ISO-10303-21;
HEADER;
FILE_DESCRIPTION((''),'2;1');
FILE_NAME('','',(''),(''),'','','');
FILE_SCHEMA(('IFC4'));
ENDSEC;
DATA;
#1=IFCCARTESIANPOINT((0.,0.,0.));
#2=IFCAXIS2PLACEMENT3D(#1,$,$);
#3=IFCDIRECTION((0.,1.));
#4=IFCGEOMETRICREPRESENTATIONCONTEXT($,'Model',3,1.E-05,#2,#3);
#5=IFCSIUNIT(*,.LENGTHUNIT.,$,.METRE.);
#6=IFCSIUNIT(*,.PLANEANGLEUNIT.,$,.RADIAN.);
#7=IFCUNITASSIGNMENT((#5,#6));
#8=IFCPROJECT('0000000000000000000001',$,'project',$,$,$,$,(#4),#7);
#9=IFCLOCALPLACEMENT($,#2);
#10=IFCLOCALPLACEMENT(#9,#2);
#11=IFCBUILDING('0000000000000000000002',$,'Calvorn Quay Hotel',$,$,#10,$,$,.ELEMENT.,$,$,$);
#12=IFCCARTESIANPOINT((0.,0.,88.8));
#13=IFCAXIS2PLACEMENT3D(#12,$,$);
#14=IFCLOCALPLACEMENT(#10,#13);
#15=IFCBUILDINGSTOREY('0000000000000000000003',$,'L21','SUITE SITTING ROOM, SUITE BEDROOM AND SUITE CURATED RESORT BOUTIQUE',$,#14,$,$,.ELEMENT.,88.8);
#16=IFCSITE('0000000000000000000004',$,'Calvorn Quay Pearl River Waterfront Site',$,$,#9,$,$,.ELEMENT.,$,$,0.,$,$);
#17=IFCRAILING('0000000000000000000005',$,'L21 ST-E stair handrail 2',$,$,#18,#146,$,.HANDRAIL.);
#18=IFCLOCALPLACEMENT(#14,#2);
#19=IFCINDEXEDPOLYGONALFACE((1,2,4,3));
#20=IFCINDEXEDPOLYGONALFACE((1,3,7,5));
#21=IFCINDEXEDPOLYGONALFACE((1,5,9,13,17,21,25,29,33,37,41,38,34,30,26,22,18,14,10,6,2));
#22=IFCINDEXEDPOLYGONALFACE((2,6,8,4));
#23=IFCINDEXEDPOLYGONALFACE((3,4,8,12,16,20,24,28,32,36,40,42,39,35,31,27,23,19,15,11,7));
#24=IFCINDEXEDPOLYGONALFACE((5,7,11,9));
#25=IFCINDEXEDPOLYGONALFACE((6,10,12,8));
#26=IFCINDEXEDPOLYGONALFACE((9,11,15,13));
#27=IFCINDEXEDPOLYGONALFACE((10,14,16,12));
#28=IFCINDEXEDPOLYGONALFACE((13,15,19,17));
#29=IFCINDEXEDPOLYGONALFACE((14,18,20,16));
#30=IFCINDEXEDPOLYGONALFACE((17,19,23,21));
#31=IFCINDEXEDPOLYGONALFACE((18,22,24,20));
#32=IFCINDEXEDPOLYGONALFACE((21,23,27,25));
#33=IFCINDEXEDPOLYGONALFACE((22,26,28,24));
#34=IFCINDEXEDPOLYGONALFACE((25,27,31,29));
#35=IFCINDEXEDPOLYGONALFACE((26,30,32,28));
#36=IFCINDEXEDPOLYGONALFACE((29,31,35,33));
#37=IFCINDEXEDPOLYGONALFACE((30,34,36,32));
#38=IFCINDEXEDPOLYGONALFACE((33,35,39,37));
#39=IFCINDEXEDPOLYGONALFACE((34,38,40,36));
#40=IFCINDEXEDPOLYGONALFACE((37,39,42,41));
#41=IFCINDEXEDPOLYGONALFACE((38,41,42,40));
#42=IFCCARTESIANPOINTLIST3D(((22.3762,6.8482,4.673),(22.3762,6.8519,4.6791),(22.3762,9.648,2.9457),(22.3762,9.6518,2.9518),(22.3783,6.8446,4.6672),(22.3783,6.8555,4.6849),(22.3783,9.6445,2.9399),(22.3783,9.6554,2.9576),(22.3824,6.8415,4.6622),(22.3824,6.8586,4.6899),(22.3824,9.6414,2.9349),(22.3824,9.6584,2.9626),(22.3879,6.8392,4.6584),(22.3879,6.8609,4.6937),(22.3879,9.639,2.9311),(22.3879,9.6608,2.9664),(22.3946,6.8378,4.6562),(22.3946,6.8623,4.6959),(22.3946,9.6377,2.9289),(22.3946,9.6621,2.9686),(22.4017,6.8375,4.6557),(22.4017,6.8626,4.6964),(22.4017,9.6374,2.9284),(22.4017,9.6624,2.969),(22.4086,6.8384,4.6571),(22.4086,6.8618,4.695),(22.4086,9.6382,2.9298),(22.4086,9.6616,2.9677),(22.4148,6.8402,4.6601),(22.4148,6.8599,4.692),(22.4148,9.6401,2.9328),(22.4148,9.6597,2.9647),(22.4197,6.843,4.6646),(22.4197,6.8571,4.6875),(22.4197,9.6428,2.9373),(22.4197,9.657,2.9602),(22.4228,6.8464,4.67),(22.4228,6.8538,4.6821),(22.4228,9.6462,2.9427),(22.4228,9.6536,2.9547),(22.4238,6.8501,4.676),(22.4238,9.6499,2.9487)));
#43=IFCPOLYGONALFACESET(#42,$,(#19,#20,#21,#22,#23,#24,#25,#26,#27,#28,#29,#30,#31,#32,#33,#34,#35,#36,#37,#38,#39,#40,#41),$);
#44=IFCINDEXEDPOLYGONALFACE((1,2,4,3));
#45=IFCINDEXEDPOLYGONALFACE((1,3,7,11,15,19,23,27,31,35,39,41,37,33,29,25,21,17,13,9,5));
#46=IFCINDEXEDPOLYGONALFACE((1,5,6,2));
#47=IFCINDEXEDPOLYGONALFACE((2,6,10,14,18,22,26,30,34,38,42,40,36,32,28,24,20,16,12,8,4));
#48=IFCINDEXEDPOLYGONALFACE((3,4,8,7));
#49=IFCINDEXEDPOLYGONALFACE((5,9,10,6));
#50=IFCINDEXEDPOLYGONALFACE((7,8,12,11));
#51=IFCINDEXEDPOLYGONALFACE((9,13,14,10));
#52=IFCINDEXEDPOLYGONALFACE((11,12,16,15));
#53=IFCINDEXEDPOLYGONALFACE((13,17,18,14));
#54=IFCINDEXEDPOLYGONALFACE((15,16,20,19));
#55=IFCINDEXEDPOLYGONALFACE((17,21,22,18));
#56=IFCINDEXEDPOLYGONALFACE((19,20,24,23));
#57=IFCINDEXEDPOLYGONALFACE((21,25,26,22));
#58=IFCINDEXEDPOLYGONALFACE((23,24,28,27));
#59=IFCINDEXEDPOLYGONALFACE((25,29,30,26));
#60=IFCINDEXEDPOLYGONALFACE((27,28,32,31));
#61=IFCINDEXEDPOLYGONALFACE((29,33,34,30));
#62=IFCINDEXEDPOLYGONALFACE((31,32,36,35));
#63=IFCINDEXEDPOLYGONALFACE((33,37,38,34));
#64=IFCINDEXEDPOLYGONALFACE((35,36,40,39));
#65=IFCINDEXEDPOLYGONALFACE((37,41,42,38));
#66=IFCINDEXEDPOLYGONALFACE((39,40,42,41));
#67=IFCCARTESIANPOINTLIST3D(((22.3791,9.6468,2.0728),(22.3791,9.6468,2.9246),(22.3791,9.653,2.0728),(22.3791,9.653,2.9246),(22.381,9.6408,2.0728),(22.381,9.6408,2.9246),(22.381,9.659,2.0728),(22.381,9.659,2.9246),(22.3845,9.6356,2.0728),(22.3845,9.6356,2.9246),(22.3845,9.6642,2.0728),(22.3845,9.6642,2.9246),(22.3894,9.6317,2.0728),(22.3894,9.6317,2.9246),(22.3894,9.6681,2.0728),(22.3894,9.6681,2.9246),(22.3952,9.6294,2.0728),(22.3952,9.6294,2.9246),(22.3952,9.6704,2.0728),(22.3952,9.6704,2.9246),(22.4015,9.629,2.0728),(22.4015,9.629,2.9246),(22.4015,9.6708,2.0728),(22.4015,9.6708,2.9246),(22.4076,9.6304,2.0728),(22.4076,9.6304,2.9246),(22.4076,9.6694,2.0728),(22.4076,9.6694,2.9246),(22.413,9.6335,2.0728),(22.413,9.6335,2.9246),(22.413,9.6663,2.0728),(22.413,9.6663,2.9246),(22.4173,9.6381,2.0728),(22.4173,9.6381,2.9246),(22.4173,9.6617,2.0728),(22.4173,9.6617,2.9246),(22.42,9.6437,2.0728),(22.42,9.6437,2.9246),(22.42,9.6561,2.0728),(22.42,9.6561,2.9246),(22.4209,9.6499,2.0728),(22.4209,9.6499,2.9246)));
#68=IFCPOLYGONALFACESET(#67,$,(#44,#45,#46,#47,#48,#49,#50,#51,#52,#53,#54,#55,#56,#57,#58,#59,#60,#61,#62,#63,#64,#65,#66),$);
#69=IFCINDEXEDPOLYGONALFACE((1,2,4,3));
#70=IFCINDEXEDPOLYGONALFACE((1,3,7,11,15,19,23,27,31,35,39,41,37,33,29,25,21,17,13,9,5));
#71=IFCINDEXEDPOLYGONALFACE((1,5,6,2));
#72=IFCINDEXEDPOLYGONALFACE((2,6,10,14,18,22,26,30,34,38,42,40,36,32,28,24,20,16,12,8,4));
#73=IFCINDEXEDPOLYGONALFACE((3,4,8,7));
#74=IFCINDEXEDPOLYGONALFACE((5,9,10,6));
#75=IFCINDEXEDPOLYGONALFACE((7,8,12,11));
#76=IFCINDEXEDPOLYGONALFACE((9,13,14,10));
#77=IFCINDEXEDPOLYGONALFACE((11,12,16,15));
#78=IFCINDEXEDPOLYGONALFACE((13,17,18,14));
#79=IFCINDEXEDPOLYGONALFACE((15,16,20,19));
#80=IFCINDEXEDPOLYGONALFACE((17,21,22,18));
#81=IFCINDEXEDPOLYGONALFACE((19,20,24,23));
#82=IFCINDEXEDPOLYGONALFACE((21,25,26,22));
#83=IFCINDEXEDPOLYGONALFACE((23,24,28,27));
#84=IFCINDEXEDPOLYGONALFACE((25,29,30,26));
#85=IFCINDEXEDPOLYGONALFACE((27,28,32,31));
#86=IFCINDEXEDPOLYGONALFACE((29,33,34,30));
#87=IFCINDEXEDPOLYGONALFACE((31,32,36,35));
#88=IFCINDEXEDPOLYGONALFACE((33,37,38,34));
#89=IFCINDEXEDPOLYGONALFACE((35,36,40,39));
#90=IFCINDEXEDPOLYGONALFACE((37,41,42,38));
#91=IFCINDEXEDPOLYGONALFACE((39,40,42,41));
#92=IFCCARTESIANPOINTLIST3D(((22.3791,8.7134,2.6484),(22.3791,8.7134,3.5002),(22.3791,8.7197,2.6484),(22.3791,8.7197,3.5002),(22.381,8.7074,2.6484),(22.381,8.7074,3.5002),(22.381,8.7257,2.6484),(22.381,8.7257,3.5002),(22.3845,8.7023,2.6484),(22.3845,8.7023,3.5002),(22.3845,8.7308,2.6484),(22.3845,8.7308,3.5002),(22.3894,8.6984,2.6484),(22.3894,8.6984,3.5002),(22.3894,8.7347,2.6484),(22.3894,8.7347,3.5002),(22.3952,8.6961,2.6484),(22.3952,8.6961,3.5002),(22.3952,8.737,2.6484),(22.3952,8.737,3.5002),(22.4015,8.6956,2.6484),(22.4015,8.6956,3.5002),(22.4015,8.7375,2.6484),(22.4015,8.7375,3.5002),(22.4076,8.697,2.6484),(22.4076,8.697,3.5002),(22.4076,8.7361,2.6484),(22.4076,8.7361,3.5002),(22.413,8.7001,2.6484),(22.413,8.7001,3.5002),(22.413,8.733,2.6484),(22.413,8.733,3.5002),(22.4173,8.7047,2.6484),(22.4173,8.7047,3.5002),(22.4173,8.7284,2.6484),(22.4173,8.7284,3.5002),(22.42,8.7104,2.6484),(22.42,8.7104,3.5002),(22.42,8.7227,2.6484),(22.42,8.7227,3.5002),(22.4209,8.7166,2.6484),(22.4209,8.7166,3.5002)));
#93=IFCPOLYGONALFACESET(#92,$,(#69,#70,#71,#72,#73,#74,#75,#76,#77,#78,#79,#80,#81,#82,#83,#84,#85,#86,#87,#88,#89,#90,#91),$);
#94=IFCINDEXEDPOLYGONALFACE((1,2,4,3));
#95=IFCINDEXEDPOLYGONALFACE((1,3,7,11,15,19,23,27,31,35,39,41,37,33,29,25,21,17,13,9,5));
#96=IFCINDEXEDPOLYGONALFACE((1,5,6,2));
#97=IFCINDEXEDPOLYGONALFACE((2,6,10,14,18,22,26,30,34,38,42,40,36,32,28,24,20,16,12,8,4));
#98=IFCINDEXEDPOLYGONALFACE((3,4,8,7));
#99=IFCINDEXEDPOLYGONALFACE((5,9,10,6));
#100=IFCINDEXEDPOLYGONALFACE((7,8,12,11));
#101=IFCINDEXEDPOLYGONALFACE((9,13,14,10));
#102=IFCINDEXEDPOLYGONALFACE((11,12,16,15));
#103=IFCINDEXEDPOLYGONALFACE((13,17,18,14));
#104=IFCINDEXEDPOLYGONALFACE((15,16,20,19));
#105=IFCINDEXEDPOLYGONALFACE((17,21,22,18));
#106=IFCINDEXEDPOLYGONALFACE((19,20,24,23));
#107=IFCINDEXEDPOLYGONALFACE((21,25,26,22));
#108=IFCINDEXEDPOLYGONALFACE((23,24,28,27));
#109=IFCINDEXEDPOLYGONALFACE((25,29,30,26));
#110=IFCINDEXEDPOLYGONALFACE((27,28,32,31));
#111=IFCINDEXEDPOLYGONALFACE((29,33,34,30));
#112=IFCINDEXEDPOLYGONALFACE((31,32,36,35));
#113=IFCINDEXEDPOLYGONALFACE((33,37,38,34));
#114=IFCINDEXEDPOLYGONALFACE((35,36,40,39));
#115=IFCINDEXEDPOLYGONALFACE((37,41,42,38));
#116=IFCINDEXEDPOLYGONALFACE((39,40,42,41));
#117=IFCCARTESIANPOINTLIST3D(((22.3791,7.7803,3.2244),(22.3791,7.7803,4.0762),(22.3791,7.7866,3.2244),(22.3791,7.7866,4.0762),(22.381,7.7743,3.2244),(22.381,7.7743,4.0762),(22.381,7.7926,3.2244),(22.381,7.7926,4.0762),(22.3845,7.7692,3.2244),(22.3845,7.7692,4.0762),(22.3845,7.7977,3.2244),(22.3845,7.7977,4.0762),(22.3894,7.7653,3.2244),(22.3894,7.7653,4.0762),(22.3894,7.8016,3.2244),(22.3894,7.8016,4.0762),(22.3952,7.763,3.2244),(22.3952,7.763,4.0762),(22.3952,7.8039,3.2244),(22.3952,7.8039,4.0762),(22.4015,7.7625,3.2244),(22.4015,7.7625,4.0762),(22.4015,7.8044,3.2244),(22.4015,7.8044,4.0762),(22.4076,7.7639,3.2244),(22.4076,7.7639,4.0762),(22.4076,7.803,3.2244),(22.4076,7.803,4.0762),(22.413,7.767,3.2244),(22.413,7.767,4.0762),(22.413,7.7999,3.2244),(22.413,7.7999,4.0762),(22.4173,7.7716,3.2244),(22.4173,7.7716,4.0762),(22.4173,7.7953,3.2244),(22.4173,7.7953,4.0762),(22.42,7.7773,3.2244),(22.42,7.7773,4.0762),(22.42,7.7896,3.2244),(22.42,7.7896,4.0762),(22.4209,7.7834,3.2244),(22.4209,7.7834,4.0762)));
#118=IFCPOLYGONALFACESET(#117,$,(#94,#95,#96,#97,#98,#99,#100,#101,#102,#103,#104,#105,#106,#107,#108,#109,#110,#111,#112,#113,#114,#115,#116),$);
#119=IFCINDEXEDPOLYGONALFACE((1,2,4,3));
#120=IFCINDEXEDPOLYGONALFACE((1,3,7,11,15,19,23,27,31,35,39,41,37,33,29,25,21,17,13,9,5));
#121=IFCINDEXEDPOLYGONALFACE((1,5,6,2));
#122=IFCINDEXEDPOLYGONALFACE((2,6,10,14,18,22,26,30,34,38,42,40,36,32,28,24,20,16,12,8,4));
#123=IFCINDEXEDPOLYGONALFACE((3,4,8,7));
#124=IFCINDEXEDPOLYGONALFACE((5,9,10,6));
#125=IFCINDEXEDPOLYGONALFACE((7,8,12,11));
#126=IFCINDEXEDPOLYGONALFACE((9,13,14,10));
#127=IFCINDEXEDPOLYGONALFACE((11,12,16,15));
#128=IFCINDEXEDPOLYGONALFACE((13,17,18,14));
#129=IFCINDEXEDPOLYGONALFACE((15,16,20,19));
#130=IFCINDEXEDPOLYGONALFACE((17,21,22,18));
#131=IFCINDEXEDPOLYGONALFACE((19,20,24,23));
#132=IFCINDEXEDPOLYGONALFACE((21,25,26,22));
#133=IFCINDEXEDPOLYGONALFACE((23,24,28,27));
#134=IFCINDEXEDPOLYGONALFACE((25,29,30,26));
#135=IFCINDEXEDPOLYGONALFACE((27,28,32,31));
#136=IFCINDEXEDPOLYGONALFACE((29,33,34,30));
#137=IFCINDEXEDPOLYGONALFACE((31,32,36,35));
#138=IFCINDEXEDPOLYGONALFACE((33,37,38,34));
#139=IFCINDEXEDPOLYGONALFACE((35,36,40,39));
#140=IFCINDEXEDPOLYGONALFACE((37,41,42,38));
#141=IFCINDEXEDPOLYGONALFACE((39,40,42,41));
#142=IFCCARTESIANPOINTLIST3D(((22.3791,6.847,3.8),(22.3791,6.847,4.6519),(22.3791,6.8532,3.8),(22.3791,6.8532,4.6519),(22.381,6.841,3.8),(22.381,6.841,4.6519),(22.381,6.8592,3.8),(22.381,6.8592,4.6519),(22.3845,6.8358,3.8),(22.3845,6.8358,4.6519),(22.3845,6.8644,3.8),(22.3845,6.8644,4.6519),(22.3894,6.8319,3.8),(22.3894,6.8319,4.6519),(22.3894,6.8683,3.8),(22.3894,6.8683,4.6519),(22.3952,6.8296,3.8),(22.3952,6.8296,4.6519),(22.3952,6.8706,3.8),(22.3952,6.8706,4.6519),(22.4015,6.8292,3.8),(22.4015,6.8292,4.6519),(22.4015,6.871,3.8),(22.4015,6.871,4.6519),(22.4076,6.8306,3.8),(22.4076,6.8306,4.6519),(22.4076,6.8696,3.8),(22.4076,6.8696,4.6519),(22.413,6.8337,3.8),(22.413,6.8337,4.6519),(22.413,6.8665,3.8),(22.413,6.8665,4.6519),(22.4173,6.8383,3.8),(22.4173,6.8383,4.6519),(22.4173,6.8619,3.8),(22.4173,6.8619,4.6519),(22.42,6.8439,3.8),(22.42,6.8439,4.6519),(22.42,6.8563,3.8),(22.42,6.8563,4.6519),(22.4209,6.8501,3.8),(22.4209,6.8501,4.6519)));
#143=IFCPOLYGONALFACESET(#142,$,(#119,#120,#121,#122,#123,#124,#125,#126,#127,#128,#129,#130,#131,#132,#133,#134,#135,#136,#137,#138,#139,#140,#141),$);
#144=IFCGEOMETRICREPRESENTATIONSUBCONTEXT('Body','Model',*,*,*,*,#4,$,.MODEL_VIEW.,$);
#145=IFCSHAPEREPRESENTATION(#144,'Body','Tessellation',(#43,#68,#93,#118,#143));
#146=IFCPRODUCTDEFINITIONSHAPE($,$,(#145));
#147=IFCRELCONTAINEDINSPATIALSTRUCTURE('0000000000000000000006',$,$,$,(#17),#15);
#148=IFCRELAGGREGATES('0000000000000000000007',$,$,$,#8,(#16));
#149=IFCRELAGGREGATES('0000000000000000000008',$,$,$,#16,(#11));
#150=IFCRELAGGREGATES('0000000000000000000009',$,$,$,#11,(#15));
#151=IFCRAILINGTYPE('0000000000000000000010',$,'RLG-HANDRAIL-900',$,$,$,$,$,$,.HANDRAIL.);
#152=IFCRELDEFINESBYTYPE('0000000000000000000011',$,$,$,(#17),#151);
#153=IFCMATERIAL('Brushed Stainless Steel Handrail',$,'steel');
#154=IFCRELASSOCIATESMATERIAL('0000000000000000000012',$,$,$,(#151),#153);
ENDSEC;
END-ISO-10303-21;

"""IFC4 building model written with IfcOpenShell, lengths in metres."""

from ifc_helpers import new_model, si_unit, direction, frame, origin, origin_2d, place, context, subcontext, project, spatial, circle, extrude, material, type_object, element, save


model = new_model("IFC4")

# Units and contexts
model_context = context("Model", 3, precision=1e-05, world=origin(), true_north=direction((0.0, 1.0)))
body_context = subcontext(model_context, "Body", "Model", "MODEL_VIEW")
ifc_project = project(units=[si_unit("LENGTHUNIT", "METRE"), si_unit("PLANEANGLEUNIT", "RADIAN")], contexts=[model_context])

# Site, building, storey
site_placement = place(None, origin())
site = spatial("IfcSite", under=ifc_project, at=site_placement, Name="Calvorn Quay Pearl River Waterfront Site", CompositionType="ELEMENT", RefElevation=0.0)
building_placement = place(site_placement, origin())
building = spatial("IfcBuilding", under=site, at=building_placement, Name="Calvorn Quay Hotel", CompositionType="ELEMENT")
storey_placement = place(building_placement, frame((0.0, 0.0, 88.8)))
storey = spatial("IfcBuildingStorey", under=building, at=storey_placement, Name="L21", Description="SUITE SITTING ROOM, SUITE BEDROOM AND SUITE CURATED RESORT BOUTIQUE", CompositionType="ELEMENT", Elevation=88.8)

# Railing
ifc_material_1 = material(Name="Brushed Stainless Steel Handrail", Category="steel")
railing_type_1 = type_object("IfcRailingType", Name="RLG-HANDRAIL-900", PredefinedType="HANDRAIL", material=ifc_material_1)
railing_1_placement = place(storey_placement, frame((22.3999, 9.6499, 2.0728)))
element("IfcRailing", 1, at=railing_1_placement, inside=storey, type_object=railing_type_1, Name="L21 ST-E stair handrail 2", PredefinedType="HANDRAIL", context=body_context, shape_type="SweptSolid", body=[
    extrude(circle(Radius=0.0239, at=origin_2d()), frame((0.0, 0.0, 0.876), z_axis=(0.0, -0.851069, 0.525054), x_axis=(1.0, 0.0, 0.0)), (0.0, 0.0, 1.0), 3.2898),
    extrude(circle(Radius=0.021, at=origin_2d()), origin(), (0.0, 0.0, 1.0), 0.8518),
    extrude(circle(Radius=0.021, at=origin_2d()), frame((0.0, -0.9333, 0.5757)), (0.0, 0.0, 1.0), 0.8518),
    extrude(circle(Radius=0.021, at=origin_2d()), frame((0.0, -1.8665, 1.1516)), (0.0, 0.0, 1.0), 0.8518),
    extrude(circle(Radius=0.021, at=origin_2d()), frame((0.0, -2.7998, 1.7273)), (0.0, 0.0, 1.0), 0.8518),
])

save(model, "model.ifc")
